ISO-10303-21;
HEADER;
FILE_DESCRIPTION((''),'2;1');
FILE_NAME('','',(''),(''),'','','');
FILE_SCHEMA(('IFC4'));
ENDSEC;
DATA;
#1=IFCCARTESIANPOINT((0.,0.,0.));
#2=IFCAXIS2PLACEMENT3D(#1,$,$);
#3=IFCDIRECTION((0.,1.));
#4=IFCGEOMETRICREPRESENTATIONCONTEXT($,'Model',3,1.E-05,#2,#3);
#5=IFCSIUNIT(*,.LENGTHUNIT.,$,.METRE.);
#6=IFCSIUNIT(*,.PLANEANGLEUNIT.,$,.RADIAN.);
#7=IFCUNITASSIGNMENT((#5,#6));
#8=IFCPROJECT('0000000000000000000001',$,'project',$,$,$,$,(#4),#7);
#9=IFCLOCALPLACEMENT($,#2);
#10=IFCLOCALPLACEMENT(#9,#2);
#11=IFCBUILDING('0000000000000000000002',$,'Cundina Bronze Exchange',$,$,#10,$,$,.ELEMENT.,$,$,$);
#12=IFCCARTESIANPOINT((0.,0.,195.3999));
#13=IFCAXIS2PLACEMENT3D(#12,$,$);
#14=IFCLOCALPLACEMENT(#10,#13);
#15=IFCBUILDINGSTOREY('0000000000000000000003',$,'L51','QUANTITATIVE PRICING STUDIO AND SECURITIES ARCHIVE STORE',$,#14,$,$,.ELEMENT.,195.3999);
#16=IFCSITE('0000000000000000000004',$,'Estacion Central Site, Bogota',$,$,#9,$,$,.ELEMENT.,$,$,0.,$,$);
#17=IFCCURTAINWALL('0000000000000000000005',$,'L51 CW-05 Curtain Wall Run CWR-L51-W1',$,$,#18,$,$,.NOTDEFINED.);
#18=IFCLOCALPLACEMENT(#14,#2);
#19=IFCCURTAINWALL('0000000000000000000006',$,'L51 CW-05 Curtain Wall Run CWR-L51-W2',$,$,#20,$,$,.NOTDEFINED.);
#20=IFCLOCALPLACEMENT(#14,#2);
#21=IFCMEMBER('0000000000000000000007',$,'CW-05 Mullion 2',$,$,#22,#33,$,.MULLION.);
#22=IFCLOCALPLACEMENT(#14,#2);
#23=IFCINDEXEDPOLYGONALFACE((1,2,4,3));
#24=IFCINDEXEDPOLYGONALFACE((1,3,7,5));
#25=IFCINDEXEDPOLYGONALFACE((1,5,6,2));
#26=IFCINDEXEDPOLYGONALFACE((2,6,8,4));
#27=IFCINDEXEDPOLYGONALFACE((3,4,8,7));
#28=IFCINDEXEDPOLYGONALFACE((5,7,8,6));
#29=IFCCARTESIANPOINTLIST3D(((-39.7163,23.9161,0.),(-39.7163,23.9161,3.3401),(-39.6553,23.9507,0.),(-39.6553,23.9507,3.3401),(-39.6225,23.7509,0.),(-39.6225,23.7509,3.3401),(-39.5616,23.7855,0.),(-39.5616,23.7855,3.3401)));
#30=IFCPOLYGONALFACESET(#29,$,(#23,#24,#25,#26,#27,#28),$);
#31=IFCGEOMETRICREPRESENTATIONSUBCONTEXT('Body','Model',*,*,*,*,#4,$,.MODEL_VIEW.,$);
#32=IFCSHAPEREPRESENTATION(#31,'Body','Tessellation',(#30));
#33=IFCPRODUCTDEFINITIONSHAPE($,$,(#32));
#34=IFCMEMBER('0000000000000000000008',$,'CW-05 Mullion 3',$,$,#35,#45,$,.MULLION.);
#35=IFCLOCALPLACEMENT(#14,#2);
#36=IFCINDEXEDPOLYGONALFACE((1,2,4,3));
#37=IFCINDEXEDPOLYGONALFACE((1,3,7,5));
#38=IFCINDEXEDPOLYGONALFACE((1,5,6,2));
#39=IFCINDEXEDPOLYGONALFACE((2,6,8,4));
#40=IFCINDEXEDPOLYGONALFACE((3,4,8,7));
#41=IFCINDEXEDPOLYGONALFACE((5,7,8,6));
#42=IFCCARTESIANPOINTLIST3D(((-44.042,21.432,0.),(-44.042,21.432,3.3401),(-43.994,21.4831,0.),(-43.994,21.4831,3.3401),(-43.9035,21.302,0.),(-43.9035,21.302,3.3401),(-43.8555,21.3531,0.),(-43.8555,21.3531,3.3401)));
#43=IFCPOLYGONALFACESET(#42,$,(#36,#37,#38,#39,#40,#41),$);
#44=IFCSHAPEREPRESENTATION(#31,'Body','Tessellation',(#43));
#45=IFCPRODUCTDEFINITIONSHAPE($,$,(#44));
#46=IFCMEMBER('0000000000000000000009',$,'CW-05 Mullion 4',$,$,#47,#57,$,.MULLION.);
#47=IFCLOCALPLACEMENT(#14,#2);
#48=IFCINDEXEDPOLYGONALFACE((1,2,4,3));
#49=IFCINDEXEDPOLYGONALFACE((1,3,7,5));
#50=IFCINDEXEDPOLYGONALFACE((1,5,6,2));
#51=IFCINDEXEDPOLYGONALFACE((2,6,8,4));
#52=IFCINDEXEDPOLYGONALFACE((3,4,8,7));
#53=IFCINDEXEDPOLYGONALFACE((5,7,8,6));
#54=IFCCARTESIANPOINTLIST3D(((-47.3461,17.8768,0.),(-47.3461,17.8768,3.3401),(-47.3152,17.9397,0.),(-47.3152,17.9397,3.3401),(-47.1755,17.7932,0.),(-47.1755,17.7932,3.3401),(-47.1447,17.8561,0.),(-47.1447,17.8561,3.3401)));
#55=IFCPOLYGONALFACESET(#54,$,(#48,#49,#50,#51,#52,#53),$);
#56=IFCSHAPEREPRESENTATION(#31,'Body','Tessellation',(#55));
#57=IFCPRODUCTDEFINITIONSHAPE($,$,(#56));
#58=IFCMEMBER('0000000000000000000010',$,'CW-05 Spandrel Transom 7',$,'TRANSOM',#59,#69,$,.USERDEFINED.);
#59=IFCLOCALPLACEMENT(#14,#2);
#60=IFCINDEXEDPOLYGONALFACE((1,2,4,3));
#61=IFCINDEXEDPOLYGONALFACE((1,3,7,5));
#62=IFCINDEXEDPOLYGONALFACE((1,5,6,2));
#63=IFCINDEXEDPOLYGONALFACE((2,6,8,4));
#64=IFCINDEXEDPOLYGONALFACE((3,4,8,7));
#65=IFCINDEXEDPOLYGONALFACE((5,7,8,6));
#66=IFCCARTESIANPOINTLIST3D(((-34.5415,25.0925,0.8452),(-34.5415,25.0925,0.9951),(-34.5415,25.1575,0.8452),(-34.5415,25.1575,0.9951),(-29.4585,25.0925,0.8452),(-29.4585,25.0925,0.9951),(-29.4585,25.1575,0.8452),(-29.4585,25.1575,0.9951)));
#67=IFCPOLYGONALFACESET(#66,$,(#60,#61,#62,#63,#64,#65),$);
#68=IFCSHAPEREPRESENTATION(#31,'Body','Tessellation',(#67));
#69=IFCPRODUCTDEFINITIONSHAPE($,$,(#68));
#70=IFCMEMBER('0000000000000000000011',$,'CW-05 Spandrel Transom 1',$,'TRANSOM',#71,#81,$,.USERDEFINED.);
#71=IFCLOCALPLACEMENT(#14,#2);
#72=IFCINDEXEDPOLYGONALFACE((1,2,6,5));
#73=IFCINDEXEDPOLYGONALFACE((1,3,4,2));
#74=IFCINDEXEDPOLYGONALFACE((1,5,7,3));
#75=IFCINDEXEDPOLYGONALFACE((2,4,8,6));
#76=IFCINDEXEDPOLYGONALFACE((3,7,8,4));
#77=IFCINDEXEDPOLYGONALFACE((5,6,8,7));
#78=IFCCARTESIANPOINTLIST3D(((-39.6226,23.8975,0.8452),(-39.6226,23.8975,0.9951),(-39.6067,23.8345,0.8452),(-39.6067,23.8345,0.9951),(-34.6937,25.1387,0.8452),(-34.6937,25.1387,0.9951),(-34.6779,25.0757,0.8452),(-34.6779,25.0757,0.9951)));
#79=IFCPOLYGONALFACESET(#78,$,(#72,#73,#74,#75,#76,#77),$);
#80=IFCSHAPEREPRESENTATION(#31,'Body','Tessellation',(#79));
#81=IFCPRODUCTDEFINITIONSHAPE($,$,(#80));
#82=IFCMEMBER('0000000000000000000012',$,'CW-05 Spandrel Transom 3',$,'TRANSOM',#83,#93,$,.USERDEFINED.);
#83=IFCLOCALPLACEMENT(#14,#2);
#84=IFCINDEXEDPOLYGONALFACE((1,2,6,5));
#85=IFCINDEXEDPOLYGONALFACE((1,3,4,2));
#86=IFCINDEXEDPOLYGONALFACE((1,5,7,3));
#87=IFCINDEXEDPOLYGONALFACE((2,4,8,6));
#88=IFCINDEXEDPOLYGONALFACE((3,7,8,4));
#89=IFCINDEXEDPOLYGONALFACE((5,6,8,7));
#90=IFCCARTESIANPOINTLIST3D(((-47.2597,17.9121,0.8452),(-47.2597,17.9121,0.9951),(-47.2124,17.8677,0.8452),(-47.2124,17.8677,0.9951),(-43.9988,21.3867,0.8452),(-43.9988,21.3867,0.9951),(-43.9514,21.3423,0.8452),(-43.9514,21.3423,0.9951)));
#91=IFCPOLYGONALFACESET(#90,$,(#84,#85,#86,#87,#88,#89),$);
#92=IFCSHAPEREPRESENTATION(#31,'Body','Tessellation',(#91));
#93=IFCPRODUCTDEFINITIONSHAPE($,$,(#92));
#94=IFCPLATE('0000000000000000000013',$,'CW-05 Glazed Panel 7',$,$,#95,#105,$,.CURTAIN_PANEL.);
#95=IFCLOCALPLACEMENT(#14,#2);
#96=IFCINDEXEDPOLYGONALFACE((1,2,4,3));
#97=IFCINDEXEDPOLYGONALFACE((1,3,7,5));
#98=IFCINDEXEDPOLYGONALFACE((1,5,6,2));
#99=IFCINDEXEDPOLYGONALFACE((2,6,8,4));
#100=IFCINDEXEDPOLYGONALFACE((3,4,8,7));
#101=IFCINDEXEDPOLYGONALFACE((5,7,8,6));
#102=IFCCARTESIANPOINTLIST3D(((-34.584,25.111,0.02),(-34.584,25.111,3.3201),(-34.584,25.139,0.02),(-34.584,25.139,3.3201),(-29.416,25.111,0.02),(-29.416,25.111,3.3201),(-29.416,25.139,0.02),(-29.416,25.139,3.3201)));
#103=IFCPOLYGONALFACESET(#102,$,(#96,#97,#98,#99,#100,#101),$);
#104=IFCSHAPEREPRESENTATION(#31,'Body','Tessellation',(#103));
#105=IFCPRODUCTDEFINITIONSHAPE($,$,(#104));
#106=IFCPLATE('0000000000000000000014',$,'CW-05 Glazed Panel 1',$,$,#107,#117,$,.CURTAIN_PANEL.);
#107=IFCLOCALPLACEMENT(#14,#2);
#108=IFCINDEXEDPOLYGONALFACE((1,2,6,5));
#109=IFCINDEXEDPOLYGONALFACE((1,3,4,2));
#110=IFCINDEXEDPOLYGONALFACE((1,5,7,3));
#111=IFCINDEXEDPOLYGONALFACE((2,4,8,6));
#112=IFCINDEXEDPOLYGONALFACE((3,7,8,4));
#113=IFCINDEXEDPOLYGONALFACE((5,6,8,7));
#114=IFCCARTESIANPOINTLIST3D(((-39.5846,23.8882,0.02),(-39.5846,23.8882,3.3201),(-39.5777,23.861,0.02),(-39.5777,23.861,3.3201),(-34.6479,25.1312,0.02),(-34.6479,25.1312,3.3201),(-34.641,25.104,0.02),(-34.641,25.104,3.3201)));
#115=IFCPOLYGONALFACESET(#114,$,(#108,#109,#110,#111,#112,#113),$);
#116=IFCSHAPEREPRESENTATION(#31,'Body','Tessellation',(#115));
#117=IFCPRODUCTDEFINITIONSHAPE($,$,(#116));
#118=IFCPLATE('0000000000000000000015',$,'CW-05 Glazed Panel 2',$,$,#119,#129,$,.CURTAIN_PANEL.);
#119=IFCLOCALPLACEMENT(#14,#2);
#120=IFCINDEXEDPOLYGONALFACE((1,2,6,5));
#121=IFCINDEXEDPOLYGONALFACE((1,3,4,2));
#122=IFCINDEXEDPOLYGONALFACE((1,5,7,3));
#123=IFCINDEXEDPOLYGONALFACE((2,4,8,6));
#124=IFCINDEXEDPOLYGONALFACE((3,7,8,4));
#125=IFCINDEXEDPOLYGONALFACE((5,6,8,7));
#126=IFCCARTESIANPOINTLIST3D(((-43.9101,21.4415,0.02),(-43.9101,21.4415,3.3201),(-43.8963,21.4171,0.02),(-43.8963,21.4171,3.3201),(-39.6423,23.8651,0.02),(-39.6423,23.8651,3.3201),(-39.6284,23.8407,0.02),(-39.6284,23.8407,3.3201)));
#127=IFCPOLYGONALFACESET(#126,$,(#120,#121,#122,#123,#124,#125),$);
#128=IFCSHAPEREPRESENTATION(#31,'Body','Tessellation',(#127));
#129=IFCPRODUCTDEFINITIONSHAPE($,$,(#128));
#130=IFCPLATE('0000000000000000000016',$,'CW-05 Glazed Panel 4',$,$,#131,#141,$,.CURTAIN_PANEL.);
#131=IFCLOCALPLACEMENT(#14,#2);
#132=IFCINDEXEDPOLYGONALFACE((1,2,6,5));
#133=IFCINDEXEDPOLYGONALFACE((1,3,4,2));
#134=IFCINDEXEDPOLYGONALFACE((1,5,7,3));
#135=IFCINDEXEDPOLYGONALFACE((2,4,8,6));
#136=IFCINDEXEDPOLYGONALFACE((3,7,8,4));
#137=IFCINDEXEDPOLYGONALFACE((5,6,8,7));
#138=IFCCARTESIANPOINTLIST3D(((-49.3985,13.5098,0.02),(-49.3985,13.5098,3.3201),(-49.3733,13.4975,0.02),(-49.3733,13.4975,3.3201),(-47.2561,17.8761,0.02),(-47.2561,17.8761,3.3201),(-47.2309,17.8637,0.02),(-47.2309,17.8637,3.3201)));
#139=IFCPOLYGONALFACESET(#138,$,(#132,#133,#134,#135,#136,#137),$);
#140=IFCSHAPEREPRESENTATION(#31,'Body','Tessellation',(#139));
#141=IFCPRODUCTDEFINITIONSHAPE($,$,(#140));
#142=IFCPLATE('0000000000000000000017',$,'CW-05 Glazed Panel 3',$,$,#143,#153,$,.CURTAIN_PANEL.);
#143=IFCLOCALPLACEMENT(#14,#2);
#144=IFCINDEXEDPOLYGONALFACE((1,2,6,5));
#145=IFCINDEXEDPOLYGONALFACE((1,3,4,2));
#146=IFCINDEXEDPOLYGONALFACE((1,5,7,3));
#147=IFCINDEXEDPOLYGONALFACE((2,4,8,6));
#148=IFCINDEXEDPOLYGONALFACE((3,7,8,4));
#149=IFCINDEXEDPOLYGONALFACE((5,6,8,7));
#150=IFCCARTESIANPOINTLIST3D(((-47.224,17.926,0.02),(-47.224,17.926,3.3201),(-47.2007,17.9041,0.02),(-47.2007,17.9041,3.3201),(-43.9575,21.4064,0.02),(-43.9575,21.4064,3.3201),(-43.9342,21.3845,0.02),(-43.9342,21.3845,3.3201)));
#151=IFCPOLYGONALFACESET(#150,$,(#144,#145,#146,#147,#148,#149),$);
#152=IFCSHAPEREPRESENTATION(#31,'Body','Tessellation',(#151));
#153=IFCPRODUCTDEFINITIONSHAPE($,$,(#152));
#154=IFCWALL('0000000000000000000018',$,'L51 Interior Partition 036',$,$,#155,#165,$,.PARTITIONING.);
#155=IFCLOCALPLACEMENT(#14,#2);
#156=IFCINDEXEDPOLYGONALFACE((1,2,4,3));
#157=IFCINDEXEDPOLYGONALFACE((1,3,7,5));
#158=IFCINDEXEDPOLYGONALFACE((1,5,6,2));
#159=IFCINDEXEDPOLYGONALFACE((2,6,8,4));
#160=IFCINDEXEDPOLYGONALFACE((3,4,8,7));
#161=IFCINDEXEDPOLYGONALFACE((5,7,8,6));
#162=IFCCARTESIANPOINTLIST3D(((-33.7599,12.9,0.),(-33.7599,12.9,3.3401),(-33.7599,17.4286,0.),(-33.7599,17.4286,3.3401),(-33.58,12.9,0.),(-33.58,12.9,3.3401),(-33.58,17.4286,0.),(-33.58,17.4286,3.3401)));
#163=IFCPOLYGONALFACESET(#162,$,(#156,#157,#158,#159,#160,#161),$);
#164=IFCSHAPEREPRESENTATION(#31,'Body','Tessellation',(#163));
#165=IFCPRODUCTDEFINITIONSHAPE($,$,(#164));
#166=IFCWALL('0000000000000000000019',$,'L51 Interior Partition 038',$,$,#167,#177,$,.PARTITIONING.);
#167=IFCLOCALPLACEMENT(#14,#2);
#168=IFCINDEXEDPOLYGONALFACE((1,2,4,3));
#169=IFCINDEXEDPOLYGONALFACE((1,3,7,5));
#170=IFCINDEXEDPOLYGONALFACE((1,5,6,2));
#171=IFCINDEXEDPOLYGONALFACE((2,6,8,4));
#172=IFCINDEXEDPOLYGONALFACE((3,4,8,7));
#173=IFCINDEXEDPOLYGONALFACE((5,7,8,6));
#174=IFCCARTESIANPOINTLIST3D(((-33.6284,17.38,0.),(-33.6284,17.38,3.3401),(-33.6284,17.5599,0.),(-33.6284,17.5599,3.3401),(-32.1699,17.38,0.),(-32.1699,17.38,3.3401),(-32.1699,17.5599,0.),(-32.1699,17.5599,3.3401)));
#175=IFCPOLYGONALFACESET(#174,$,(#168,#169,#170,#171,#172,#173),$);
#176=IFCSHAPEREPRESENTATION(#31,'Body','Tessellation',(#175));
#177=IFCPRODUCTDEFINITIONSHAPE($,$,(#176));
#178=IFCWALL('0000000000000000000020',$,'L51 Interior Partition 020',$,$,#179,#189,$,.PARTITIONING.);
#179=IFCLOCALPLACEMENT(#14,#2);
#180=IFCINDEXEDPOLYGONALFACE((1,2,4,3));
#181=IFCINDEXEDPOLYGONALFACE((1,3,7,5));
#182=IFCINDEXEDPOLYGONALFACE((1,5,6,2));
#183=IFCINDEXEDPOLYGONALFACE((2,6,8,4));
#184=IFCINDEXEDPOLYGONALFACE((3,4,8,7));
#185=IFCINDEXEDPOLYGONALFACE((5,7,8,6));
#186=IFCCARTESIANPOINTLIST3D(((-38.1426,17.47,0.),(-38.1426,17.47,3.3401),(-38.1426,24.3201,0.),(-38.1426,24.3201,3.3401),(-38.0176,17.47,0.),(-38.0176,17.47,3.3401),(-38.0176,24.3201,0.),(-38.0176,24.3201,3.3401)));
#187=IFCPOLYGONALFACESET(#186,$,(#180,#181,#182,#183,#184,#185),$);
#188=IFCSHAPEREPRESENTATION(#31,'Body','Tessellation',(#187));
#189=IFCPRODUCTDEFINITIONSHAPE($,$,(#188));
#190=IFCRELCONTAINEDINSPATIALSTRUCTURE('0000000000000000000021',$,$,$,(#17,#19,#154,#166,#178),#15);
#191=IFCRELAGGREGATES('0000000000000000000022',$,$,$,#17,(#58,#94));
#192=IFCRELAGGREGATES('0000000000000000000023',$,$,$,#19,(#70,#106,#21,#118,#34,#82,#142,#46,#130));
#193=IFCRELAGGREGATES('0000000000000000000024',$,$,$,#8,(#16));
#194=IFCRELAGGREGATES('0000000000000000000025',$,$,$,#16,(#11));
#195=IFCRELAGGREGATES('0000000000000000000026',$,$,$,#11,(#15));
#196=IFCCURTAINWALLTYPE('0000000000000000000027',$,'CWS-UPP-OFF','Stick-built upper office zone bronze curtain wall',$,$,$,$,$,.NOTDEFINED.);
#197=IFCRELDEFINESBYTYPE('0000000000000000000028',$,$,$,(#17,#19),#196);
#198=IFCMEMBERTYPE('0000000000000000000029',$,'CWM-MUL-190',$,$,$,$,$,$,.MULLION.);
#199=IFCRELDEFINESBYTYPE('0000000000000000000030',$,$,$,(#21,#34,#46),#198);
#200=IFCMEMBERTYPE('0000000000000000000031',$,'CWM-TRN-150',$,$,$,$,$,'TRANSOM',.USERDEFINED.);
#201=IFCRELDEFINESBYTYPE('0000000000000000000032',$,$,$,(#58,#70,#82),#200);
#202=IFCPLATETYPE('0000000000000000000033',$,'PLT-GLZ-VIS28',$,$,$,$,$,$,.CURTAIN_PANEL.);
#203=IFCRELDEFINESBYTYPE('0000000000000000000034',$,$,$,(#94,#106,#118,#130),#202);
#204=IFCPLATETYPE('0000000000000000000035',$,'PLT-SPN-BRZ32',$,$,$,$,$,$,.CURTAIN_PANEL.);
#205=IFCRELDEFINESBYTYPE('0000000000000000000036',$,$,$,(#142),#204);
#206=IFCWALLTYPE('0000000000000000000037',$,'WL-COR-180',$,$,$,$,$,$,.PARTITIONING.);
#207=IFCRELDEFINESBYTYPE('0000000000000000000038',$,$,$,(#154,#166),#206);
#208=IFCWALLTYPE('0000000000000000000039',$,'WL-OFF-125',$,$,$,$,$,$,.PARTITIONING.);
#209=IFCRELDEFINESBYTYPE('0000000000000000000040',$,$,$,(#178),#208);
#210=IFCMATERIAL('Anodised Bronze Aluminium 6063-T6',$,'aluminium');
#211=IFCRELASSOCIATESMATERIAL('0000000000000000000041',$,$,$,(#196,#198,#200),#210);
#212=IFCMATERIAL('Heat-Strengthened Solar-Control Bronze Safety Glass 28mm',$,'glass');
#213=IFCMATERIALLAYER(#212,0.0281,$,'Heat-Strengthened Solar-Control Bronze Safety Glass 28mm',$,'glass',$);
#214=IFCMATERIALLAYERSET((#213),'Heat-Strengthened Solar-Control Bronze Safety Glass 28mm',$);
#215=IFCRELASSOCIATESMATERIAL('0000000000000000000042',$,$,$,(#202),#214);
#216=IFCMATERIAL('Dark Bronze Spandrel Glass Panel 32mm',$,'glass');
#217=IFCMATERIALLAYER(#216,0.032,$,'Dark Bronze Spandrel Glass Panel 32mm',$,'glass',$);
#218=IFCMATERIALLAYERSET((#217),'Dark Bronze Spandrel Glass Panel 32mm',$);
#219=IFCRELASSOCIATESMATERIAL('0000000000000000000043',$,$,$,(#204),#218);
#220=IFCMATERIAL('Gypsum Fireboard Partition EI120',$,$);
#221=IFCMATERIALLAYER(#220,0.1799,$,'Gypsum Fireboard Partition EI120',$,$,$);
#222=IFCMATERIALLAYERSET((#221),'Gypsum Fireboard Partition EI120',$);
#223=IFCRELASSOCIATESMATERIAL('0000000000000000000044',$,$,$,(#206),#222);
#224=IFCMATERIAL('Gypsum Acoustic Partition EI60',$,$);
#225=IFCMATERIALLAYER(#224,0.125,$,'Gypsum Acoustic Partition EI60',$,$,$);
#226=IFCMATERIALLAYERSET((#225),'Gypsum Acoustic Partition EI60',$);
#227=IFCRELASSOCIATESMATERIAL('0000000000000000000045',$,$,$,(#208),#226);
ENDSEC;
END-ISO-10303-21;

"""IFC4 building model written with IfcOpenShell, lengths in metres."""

from ifc_helpers import new_model, si_unit, direction, frame, frame_2d, origin, origin_2d, place, context, subcontext, project, spatial, rectangle, extrude, material, layer, layer_set, material_profile, profile_set, type_object, element, aggregate, save


model = new_model("IFC4")

# Units and contexts
model_context = context("Model", 3, precision=1e-05, world=origin(), true_north=direction((0.0, 1.0)))
body_context = subcontext(model_context, "Body", "Model", "MODEL_VIEW")
ifc_project = project(units=[si_unit("LENGTHUNIT", "METRE"), si_unit("PLANEANGLEUNIT", "RADIAN")], contexts=[model_context])

# Site, building, storey
site_placement = place(None, origin())
site = spatial("IfcSite", under=ifc_project, at=site_placement, Name="Estacion Central Site, Bogota", CompositionType="ELEMENT", RefElevation=0.0)
building_placement = place(site_placement, origin())
building = spatial("IfcBuilding", under=site, at=building_placement, Name="Cundina Bronze Exchange", CompositionType="ELEMENT")
storey_placement = place(building_placement, frame((0.0, 0.0, 195.3999)))
storey = spatial("IfcBuildingStorey", under=building, at=storey_placement, Name="L51", Description="QUANTITATIVE PRICING STUDIO AND SECURITIES ARCHIVE STORE", CompositionType="ELEMENT", Elevation=195.3999)

# Curtain walls, members
ifc_material_1 = material(Name="Anodised Bronze Aluminium 6063-T6", Category="aluminium")
curtain_wall_type = type_object("IfcCurtainWallType", Name="CWS-UPP-OFF", Description="Stick-built upper office zone bronze curtain wall", PredefinedType="NOTDEFINED", material=ifc_material_1)
curtain_wall_1_placement = place(storey_placement, origin())
curtain_wall_1 = element("IfcCurtainWall", 1, at=curtain_wall_1_placement, inside=storey, type_object=curtain_wall_type, Name="L51 CW-05 Curtain Wall Run CWR-L51-W1", PredefinedType="NOTDEFINED")
ifc_material_profile_1 = material_profile(ifc_material_1, rectangle(XDim=0.0701, YDim=0.1899, at=origin_2d()), Name="AL70X190", Category="aluminium")
ifc_profile_set_1 = profile_set([ifc_material_profile_1], Name="Anodised Bronze Aluminium 6063-T6")
member_type_1 = type_object("IfcMemberType", Name="CWM-MUL-190", PredefinedType="MULLION", material=ifc_profile_set_1)
curtain_wall_2_placement = place(storey_placement, origin())
curtain_wall_2 = element("IfcCurtainWall", 2, at=curtain_wall_2_placement, inside=storey, type_object=curtain_wall_type, Name="L51 CW-05 Curtain Wall Run CWR-L51-W2", PredefinedType="NOTDEFINED")
member_1_placement = place(storey_placement, frame((-39.6389, 23.8508, 0.0), z_axis=(0.0, 0.0, 1.0), x_axis=(-0.869581, -0.49379, 0.0)))
member_1 = element("IfcMember", 3, at=member_1_placement, type_object=member_type_1, Name="CW-05 Mullion 2", PredefinedType="MULLION", context=body_context, shape_type="SweptSolid", body=[
    extrude(rectangle(XDim=0.0701, YDim=0.1899, at=origin_2d()), origin(), (0.0, 0.0, 1.0), 3.3401),
])
member_2_placement = place(storey_placement, frame((-43.9487, 21.3926, 0.0), z_axis=(0.0, 0.0, 1.0), x_axis=(-0.684293, -0.729208, 0.0)))
member_2 = element("IfcMember", 4, at=member_2_placement, type_object=member_type_1, Name="CW-05 Mullion 3", PredefinedType="MULLION", context=body_context, shape_type="SweptSolid", body=[
    extrude(rectangle(XDim=0.0701, YDim=0.1899, at=origin_2d()), origin(), (0.0, 0.0, 1.0), 3.3401),
])
member_3_placement = place(storey_placement, frame((-47.2454, 17.8665, 0.0), z_axis=(0.0, 0.0, 1.0), x_axis=(-0.440566, -0.89772, 0.0)))
member_3 = element("IfcMember", 5, at=member_3_placement, type_object=member_type_1, Name="CW-05 Mullion 4", PredefinedType="MULLION", context=body_context, shape_type="SweptSolid", body=[
    extrude(rectangle(XDim=0.0701, YDim=0.1899, at=origin_2d()), origin(), (0.0, 0.0, 1.0), 3.3401),
])

# Members
ifc_material_profile_2 = material_profile(ifc_material_1, rectangle(XDim=0.0649, YDim=0.1499, at=origin_2d()), Name="AL65X150", Category="aluminium")
ifc_profile_set_2 = profile_set([ifc_material_profile_2], Name="Anodised Bronze Aluminium 6063-T6")
member_type_2 = type_object("IfcMemberType", Name="CWM-TRN-150", ElementType="TRANSOM", PredefinedType="USERDEFINED", material=ifc_profile_set_2)
member_4_placement = place(storey_placement, frame((-29.4585, 25.125, 0.9202), z_axis=(-1.0, 0.0, 0.0), x_axis=(0.0, -1.0, 0.0)))
member_4 = element("IfcMember", 6, at=member_4_placement, type_object=member_type_2, Name="CW-05 Spandrel Transom 7", ObjectType="TRANSOM", PredefinedType="USERDEFINED", context=body_context, shape_type="SweptSolid", body=[
    extrude(rectangle(XDim=0.0649, YDim=0.1499, at=origin_2d()), origin(), (0.0, 0.0, 1.0), 5.083),
])
member_5_placement = place(storey_placement, frame((-34.6858, 25.1072, 0.9202), z_axis=(-0.969726, -0.244197, 0.0), x_axis=(0.244197, -0.969726, 0.0)))
member_5 = element("IfcMember", 7, at=member_5_placement, type_object=member_type_2, Name="CW-05 Spandrel Transom 1", ObjectType="TRANSOM", PredefinedType="USERDEFINED", context=body_context, shape_type="SweptSolid", body=[
    extrude(rectangle(XDim=0.0649, YDim=0.1499, at=origin_2d()), origin(), (0.0, 0.0, 1.0), 5.0828),
])
member_6_placement = place(storey_placement, frame((-43.9751, 21.3645, 0.9202), z_axis=(-0.684336, -0.729166, 0.0), x_axis=(0.729166, -0.684336, 0.0)))
member_6 = element("IfcMember", 8, at=member_6_placement, type_object=member_type_2, Name="CW-05 Spandrel Transom 3", ObjectType="TRANSOM", PredefinedType="USERDEFINED", context=body_context, shape_type="SweptSolid", body=[
    extrude(rectangle(XDim=0.0649, YDim=0.1499, at=origin_2d()), origin(), (0.0, 0.0, 1.0), 4.7651),
])

# Plates
ifc_material_2 = material(Name="Heat-Strengthened Solar-Control Bronze Safety Glass 28mm", Category="glass")
ifc_layer_1 = layer(ifc_material_2, 0.0281, Name="Heat-Strengthened Solar-Control Bronze Safety Glass 28mm", Category="glass")
ifc_layer_set_1 = layer_set([ifc_layer_1], Name="Heat-Strengthened Solar-Control Bronze Safety Glass 28mm")
plate_type_1 = type_object("IfcPlateType", Name="PLT-GLZ-VIS28", PredefinedType="CURTAIN_PANEL", material=ifc_layer_set_1)
plate_1_placement = place(storey_placement, frame((-32.0, 25.125, 0.02), z_axis=(0.0, 0.0, 1.0), x_axis=(-1.0, 0.0, 0.0)))
plate_1 = element("IfcPlate", 9, at=plate_1_placement, type_object=plate_type_1, Name="CW-05 Glazed Panel 7", PredefinedType="CURTAIN_PANEL", context=body_context, shape_type="SweptSolid", body=[
    extrude(rectangle(XDim=5.168, YDim=0.0281, at=origin_2d()), origin(), (0.0, 0.0, 1.0), 3.3),
])
aggregate(curtain_wall_1, [member_4, plate_1])
plate_2_placement = place(storey_placement, frame((-37.1128, 24.4961, 0.02), z_axis=(0.0, 0.0, 1.0), x_axis=(-0.969732, -0.244174, 0.0)))
plate_2 = element("IfcPlate", 10, at=plate_2_placement, type_object=plate_type_1, Name="CW-05 Glazed Panel 1", PredefinedType="CURTAIN_PANEL", context=body_context, shape_type="SweptSolid", body=[
    extrude(rectangle(XDim=5.0908, YDim=0.0281, at=origin_2d()), origin(), (0.0, 0.0, 1.0), 3.3),
])
plate_3_placement = place(storey_placement, frame((-41.7693, 22.6411, 0.02), z_axis=(0.0, 0.0, 1.0), x_axis=(-0.869573, -0.493805, 0.0)))
plate_3 = element("IfcPlate", 11, at=plate_3_placement, type_object=plate_type_1, Name="CW-05 Glazed Panel 2", PredefinedType="CURTAIN_PANEL", context=body_context, shape_type="SweptSolid", body=[
    extrude(rectangle(XDim=4.908, YDim=0.0281, at=origin_2d()), origin(), (0.0, 0.0, 1.0), 3.3),
])
plate_4_placement = place(storey_placement, frame((-48.3147, 15.6868, 0.02), z_axis=(0.0, 0.0, 1.0), x_axis=(-0.440503, -0.897751, 0.0)))
plate_4 = element("IfcPlate", 12, at=plate_4_placement, type_object=plate_type_1, Name="CW-05 Glazed Panel 4", PredefinedType="CURTAIN_PANEL", context=body_context, shape_type="SweptSolid", body=[
    extrude(rectangle(XDim=4.8635, YDim=0.0281, at=origin_2d()), origin(), (0.0, 0.0, 1.0), 3.3),
])
ifc_material_3 = material(Name="Dark Bronze Spandrel Glass Panel 32mm", Category="glass")
ifc_layer_2 = layer(ifc_material_3, 0.032, Name="Dark Bronze Spandrel Glass Panel 32mm", Category="glass")
ifc_layer_set_2 = layer_set([ifc_layer_2], Name="Dark Bronze Spandrel Glass Panel 32mm")
plate_type_2 = type_object("IfcPlateType", Name="PLT-SPN-BRZ32", PredefinedType="CURTAIN_PANEL", material=ifc_layer_set_2)
plate_5_placement = place(storey_placement, frame((-45.5791, 19.6553, 0.02), z_axis=(0.0, 0.0, 1.0), x_axis=(-0.684344, -0.72916, 0.0)))
plate_5 = element("IfcPlate", 13, at=plate_5_placement, type_object=plate_type_2, Name="CW-05 Glazed Panel 3", PredefinedType="CURTAIN_PANEL", context=body_context, shape_type="SweptSolid", body=[
    extrude(rectangle(XDim=4.7732, YDim=0.032, at=origin_2d()), origin(), (0.0, 0.0, 1.0), 3.3),
])
aggregate(curtain_wall_2, [member_5, plate_2, member_1, plate_3, member_2, member_6, plate_5, member_3, plate_4])

# Walls
ifc_material_4 = material(Name="Gypsum Fireboard Partition EI120")
ifc_layer_3 = layer(ifc_material_4, 0.1799, Name="Gypsum Fireboard Partition EI120")
ifc_layer_set_3 = layer_set([ifc_layer_3], Name="Gypsum Fireboard Partition EI120")
wall_type_1 = type_object("IfcWallType", Name="WL-COR-180", PredefinedType="PARTITIONING", material=ifc_layer_set_3)
wall_1_placement = place(storey_placement, frame((-33.6699, 17.4285, 0.0), z_axis=(0.0, 0.0, 1.0), x_axis=(0.0, -1.0, 0.0)))
element("IfcWall", 14, at=wall_1_placement, inside=storey, type_object=wall_type_1, Name="L51 Interior Partition 036", PredefinedType="PARTITIONING", context=body_context, shape_type="SweptSolid", body=[
    extrude(rectangle(XDim=4.5286, YDim=0.1799, at=frame_2d((2.2642, 0.0))), origin(), (0.0, 0.0, 1.0), 3.3401),
])
wall_2_placement = place(storey_placement, frame((-32.1699, 17.47, 0.0), z_axis=(0.0, 0.0, 1.0), x_axis=(-1.0, 0.0, 0.0)))
element("IfcWall", 15, at=wall_2_placement, inside=storey, type_object=wall_type_1, Name="L51 Interior Partition 038", PredefinedType="PARTITIONING", context=body_context, shape_type="SweptSolid", body=[
    extrude(rectangle(XDim=1.4585, YDim=0.1799, at=frame_2d((0.7292, 0.0))), origin(), (0.0, 0.0, 1.0), 3.3401),
])
ifc_material_5 = material(Name="Gypsum Acoustic Partition EI60")
ifc_layer_4 = layer(ifc_material_5, 0.125, Name="Gypsum Acoustic Partition EI60")
ifc_layer_set_4 = layer_set([ifc_layer_4], Name="Gypsum Acoustic Partition EI60")
wall_type_2 = type_object("IfcWallType", Name="WL-OFF-125", PredefinedType="PARTITIONING", material=ifc_layer_set_4)
wall_3_placement = place(storey_placement, frame((-38.0801, 17.47, 0.0), z_axis=(0.0, 0.0, 1.0), x_axis=(0.0, 1.0, 0.0)))
element("IfcWall", 16, at=wall_3_placement, inside=storey, type_object=wall_type_2, Name="L51 Interior Partition 020", PredefinedType="PARTITIONING", context=body_context, shape_type="SweptSolid", body=[
    extrude(rectangle(XDim=6.8501, YDim=0.125, at=frame_2d((3.425, 0.0))), origin(), (0.0, 0.0, 1.0), 3.3401),
])

save(model, "model.ifc")
